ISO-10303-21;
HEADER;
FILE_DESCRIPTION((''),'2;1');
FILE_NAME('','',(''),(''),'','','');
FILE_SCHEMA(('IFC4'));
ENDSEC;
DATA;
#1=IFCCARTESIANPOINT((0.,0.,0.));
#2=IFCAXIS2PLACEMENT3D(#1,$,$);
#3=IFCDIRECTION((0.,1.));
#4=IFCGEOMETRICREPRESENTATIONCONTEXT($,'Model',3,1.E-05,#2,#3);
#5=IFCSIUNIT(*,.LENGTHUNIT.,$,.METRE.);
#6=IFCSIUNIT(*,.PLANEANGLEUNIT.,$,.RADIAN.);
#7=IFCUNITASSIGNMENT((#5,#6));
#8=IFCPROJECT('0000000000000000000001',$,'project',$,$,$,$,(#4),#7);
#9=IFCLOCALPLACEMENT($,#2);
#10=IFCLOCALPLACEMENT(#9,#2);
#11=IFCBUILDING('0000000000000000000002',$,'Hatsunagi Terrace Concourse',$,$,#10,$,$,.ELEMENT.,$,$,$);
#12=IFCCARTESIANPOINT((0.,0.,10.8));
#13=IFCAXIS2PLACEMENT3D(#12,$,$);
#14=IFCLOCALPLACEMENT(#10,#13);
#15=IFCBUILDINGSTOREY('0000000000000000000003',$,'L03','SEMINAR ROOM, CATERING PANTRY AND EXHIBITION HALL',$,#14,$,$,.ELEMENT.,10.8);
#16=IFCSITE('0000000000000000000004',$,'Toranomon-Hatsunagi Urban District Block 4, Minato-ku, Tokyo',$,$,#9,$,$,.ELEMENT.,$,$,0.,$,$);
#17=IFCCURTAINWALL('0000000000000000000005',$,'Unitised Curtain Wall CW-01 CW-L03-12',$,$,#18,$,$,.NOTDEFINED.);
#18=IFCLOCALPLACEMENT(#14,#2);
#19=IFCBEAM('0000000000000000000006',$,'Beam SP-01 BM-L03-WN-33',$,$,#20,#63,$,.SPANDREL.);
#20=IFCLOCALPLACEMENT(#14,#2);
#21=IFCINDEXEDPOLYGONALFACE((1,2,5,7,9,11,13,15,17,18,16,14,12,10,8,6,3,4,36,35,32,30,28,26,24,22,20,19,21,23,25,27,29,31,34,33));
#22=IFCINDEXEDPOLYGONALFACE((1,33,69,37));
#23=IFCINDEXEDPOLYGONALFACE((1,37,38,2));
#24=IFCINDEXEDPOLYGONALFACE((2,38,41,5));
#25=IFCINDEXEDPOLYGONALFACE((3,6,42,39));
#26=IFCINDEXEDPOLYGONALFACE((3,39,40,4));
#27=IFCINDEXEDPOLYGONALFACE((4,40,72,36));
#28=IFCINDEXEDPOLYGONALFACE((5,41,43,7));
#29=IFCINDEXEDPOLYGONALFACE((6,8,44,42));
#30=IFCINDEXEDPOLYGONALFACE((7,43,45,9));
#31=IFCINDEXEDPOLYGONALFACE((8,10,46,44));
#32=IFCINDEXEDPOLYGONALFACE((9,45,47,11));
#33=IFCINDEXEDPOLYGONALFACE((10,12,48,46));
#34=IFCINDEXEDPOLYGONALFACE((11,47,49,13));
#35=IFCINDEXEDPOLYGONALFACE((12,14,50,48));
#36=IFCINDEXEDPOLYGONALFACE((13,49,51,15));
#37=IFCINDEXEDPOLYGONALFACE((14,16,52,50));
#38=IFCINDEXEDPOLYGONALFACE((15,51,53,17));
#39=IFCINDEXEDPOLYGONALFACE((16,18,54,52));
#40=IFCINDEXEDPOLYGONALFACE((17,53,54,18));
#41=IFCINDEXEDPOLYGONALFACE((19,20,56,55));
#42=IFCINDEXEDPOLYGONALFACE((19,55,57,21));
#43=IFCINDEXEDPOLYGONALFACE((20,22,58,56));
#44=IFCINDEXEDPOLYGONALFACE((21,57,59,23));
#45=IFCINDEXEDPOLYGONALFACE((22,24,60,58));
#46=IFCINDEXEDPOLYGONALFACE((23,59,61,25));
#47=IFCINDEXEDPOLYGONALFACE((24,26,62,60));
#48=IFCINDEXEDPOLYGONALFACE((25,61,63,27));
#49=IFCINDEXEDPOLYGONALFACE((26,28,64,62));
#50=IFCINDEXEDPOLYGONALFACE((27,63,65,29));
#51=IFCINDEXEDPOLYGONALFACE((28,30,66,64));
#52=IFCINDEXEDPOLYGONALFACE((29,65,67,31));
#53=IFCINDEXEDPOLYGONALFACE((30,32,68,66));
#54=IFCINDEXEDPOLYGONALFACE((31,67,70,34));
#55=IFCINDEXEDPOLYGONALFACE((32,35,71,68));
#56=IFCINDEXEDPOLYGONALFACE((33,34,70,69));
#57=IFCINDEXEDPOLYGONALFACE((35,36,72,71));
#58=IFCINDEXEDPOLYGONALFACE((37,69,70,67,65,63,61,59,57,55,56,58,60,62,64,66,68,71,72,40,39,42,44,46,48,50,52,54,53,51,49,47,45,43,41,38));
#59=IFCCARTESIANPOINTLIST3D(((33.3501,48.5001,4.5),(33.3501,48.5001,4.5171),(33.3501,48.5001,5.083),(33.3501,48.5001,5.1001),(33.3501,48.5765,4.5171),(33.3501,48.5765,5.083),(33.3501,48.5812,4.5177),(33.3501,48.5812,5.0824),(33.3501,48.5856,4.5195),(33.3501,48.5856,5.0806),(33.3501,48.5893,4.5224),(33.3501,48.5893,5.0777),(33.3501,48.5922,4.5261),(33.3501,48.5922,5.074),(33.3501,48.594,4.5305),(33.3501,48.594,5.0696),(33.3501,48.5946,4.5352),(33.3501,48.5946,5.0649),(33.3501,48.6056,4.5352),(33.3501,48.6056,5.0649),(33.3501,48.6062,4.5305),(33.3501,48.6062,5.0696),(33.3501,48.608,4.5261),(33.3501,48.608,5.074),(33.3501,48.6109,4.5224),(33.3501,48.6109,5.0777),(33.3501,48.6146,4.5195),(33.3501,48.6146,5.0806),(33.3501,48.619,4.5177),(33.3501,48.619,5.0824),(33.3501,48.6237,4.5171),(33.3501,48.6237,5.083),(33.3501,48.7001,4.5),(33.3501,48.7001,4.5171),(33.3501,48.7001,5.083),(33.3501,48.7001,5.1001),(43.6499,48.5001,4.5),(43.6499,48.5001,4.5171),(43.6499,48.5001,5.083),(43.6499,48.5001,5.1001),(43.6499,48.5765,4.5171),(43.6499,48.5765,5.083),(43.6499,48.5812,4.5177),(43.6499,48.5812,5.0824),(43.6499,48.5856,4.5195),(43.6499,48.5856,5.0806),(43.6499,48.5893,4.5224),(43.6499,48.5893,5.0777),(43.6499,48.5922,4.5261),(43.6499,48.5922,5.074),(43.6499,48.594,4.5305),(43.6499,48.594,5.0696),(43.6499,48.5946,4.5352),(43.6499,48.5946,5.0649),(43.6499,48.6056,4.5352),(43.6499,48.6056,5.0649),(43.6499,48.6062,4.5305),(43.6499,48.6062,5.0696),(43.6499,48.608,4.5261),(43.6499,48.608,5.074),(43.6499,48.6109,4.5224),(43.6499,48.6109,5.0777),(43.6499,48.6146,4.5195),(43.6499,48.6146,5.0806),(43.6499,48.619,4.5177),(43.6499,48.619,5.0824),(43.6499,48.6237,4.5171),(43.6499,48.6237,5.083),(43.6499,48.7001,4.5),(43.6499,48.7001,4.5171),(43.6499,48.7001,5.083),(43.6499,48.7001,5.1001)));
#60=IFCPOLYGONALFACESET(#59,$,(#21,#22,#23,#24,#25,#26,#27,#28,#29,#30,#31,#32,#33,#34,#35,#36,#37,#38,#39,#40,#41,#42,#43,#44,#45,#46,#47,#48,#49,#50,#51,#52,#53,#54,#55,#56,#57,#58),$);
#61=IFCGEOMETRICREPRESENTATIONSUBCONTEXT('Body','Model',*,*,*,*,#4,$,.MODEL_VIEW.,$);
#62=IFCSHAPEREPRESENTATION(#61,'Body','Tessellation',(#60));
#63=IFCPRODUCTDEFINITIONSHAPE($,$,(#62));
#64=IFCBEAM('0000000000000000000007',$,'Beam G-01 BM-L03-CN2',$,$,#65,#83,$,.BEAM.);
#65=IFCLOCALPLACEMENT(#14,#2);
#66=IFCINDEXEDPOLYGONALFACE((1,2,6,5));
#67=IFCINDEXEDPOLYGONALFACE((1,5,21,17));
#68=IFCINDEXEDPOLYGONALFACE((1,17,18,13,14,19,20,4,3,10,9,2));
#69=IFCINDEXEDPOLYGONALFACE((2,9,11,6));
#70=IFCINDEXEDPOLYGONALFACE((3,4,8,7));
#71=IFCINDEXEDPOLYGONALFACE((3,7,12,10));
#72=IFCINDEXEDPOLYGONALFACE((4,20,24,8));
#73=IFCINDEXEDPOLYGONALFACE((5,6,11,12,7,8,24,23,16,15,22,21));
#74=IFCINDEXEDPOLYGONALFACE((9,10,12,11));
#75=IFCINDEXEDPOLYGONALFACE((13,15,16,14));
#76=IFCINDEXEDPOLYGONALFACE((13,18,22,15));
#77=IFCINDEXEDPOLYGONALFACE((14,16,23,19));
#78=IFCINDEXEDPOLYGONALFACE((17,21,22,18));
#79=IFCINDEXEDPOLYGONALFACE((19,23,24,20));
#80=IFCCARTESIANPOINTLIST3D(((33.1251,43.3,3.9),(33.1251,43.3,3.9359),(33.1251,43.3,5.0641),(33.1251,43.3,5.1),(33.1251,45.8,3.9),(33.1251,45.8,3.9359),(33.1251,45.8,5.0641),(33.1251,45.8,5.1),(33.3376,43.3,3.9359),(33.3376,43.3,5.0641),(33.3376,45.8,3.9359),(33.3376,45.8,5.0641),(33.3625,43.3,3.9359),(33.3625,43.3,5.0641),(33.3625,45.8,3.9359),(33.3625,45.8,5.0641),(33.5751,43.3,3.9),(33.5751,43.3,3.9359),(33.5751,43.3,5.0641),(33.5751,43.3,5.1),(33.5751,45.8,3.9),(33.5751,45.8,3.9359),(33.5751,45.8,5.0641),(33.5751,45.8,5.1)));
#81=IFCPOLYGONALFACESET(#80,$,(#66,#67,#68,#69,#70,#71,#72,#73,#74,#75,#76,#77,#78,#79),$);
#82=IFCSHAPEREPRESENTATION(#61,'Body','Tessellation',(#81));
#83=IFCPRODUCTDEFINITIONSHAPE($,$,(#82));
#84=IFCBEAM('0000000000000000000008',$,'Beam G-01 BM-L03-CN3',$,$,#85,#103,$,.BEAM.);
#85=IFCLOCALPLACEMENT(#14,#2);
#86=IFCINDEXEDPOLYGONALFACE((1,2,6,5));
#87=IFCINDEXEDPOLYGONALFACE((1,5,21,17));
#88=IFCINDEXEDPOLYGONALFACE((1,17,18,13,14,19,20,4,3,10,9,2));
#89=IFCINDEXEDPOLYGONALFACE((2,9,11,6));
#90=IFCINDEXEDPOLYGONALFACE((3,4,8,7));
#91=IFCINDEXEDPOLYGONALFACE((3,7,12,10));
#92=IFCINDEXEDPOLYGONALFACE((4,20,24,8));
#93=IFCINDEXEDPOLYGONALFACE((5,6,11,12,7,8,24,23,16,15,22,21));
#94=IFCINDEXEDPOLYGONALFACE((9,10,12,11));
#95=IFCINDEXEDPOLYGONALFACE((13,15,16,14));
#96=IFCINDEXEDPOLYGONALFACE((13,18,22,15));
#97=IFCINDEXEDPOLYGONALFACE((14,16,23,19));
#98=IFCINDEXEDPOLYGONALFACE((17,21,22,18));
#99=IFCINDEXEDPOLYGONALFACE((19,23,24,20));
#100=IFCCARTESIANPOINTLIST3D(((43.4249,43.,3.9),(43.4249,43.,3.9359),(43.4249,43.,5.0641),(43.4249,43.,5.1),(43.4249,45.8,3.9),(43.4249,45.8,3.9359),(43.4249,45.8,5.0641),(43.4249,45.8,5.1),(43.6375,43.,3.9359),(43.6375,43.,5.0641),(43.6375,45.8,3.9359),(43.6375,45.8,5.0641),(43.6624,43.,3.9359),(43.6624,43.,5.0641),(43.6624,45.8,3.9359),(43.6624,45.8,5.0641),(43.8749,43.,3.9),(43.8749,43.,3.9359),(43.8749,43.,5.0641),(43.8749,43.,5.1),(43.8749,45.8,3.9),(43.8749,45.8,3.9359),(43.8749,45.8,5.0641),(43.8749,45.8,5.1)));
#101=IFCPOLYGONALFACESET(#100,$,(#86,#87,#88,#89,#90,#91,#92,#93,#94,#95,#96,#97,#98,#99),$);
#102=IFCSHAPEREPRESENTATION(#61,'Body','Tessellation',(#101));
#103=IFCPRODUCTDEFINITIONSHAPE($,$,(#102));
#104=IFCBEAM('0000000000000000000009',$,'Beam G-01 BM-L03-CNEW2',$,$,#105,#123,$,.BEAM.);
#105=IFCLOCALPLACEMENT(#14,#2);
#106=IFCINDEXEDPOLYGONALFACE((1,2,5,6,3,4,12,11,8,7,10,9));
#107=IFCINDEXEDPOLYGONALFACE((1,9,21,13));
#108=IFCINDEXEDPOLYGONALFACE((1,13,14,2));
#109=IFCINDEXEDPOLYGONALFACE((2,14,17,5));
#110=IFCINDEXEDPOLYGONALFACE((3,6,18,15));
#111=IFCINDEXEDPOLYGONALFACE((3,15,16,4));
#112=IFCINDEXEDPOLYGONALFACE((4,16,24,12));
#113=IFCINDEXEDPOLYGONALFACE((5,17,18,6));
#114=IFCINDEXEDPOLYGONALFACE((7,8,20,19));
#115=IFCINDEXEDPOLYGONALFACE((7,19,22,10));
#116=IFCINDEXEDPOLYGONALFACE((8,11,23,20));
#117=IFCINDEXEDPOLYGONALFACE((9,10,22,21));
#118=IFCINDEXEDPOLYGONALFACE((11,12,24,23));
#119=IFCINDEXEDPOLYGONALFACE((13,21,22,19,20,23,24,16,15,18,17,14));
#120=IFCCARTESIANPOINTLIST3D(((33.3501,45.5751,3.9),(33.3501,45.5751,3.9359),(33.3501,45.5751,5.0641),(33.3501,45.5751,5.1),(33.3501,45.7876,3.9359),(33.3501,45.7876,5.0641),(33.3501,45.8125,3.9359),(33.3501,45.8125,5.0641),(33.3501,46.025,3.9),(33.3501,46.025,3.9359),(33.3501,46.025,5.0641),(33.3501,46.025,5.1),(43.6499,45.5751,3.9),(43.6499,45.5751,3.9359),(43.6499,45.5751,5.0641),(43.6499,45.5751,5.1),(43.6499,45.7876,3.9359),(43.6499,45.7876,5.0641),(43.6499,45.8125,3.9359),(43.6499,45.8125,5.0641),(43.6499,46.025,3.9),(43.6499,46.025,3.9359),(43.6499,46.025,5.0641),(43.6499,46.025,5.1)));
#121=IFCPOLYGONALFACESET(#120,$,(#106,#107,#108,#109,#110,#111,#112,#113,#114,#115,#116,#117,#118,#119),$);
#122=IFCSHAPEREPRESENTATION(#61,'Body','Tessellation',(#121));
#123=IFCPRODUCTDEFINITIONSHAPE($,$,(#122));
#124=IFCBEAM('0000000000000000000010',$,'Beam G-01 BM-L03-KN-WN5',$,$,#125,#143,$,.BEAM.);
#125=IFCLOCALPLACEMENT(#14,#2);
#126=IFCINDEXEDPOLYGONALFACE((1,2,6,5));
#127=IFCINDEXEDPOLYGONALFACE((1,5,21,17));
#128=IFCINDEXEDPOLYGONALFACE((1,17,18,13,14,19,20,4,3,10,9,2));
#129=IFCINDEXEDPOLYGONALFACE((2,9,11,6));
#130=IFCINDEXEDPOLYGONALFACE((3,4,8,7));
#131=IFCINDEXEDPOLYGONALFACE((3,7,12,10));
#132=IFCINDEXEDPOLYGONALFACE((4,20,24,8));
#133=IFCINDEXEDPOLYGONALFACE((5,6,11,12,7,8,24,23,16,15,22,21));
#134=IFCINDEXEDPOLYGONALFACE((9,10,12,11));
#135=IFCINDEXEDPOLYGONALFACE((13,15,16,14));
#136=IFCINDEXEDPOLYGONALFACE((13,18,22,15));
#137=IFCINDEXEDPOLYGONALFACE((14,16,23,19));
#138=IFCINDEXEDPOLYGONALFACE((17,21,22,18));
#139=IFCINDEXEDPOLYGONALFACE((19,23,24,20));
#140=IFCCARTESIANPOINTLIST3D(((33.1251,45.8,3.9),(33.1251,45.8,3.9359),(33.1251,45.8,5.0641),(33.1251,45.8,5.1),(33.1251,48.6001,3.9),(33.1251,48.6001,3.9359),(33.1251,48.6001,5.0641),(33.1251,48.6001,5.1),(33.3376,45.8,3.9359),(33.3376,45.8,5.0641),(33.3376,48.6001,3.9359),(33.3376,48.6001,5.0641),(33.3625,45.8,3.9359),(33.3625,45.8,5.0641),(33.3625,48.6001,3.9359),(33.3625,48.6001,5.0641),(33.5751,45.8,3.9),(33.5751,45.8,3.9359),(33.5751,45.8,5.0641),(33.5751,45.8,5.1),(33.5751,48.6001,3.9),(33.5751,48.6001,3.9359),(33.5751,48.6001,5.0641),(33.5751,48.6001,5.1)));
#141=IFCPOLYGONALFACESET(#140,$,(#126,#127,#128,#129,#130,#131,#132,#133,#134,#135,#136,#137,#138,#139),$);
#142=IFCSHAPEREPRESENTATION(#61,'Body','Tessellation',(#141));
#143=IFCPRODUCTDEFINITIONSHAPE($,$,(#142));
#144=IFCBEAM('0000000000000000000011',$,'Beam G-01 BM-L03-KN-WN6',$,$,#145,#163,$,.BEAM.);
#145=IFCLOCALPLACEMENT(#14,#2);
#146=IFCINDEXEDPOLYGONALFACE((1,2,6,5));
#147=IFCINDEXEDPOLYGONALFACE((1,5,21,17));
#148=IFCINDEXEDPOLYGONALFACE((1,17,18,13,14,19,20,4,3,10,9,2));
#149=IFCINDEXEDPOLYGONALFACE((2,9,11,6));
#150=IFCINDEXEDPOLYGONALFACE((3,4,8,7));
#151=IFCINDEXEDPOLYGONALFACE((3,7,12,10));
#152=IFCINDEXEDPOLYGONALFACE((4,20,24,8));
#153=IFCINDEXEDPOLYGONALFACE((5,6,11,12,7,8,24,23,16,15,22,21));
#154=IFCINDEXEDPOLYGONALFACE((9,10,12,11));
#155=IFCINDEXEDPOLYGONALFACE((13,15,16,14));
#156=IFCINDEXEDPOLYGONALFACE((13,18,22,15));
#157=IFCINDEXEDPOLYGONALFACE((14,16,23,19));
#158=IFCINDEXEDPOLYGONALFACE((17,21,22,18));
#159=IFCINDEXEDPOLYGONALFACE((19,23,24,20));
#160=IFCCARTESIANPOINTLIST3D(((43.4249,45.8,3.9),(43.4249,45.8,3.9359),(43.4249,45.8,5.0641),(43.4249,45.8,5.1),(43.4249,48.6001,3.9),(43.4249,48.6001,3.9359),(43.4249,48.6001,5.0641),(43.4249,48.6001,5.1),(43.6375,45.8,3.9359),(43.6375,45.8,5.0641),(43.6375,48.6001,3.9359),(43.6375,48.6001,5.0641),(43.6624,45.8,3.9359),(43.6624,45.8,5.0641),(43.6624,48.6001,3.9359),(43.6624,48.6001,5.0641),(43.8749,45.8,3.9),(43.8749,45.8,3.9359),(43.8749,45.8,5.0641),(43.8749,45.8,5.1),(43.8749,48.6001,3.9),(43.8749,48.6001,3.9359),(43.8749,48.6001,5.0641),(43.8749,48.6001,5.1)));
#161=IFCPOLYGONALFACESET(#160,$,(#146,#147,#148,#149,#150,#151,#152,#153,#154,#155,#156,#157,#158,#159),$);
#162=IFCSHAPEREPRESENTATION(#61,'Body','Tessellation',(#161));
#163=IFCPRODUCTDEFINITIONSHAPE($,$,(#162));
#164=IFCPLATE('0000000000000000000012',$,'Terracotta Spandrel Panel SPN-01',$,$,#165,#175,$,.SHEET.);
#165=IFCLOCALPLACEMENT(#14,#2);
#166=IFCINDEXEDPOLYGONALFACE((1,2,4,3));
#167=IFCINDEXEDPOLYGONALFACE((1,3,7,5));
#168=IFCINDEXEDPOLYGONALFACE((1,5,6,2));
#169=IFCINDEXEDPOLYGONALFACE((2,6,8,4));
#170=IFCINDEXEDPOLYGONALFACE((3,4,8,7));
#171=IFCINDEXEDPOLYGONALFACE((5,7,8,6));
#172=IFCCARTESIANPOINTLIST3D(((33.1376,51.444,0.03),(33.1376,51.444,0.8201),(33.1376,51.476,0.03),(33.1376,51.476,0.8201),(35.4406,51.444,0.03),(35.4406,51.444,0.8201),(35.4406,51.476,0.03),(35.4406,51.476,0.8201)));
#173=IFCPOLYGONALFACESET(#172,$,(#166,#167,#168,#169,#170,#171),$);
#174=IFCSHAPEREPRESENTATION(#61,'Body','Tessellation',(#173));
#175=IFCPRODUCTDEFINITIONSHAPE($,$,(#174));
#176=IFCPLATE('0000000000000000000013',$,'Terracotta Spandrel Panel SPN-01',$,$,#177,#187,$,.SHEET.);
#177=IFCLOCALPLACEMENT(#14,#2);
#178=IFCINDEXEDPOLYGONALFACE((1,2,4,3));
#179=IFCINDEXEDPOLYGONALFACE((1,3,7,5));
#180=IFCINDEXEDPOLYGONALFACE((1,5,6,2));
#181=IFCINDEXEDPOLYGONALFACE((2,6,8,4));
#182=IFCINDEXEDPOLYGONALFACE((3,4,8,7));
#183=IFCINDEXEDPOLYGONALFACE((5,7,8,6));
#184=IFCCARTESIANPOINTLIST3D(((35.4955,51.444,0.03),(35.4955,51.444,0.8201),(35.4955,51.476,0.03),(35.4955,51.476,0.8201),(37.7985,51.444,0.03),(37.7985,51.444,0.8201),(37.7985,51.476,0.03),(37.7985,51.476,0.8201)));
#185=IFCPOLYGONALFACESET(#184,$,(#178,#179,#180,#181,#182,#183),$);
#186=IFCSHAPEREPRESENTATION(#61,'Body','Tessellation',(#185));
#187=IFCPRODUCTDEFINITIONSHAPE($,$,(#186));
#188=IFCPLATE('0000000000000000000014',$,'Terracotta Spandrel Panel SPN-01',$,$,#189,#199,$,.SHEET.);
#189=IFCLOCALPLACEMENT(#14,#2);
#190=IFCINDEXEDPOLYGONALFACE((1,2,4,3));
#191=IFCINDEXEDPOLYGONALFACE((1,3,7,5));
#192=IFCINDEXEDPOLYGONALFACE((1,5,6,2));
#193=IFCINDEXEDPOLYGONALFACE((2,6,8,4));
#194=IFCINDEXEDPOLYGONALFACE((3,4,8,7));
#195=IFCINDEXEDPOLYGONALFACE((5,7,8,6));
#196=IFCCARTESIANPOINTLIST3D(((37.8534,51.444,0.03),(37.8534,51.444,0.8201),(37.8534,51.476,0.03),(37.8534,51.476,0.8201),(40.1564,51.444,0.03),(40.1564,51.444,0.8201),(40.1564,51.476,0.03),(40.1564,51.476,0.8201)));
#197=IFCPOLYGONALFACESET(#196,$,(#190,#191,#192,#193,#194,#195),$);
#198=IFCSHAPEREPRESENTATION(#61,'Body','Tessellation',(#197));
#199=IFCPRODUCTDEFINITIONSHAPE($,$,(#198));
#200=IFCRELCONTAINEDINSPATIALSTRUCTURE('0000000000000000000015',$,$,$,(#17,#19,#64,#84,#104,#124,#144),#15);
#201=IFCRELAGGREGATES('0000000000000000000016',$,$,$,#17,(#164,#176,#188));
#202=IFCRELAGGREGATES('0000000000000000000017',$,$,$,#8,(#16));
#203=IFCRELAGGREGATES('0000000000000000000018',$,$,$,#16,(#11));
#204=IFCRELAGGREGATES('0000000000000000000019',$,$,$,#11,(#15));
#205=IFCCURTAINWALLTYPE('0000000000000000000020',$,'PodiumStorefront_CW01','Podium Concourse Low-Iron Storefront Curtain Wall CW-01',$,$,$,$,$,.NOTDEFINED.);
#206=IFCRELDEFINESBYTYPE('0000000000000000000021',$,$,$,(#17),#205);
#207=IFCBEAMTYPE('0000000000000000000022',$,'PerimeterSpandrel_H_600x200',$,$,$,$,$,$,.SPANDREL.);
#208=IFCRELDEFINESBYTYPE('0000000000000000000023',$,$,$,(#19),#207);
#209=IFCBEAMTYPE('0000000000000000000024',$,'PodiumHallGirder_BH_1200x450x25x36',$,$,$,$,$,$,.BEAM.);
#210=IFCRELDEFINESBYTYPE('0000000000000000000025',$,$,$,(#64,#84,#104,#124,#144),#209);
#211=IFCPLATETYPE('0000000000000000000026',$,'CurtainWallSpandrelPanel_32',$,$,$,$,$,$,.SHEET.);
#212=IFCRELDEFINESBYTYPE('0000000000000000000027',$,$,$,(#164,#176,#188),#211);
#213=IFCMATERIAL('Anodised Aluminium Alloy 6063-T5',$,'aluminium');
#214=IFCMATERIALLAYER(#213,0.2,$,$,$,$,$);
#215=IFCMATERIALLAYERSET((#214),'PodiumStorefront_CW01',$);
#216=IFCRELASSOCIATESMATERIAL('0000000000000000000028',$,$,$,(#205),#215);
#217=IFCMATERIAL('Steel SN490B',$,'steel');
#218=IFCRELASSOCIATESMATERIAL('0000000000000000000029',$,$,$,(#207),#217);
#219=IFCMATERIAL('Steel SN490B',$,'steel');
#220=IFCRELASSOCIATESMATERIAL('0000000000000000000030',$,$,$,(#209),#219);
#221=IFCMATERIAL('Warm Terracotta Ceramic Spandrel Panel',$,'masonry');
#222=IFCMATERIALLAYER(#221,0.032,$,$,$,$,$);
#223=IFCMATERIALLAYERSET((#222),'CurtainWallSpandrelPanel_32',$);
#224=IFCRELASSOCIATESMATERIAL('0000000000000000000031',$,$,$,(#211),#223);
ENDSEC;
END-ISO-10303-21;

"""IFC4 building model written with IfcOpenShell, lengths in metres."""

from ifc_helpers import new_model, si_unit, direction, frame, origin, origin_2d, place, context, subcontext, project, spatial, rectangle, i_section, extrude, material, layer, layer_set, material_profile, profile_set, type_object, element, aggregate, save


model = new_model("IFC4")

# Units and contexts
model_context = context("Model", 3, precision=1e-05, world=origin(), true_north=direction((0.0, 1.0)))
body_context = subcontext(model_context, "Body", "Model", "MODEL_VIEW")
ifc_project = project(units=[si_unit("LENGTHUNIT", "METRE"), si_unit("PLANEANGLEUNIT", "RADIAN")], contexts=[model_context])

# Site, building, storey
site_placement = place(None, origin())
site = spatial("IfcSite", under=ifc_project, at=site_placement, Name="Toranomon-Hatsunagi Urban District Block 4, Minato-ku, Tokyo", CompositionType="ELEMENT", RefElevation=0.0)
building_placement = place(site_placement, origin())
building = spatial("IfcBuilding", under=site, at=building_placement, Name="Hatsunagi Terrace Concourse", CompositionType="ELEMENT")
storey_placement = place(building_placement, frame((0.0, 0.0, 10.8)))
storey = spatial("IfcBuildingStorey", under=building, at=storey_placement, Name="L03", Description="SEMINAR ROOM, CATERING PANTRY AND EXHIBITION HALL", CompositionType="ELEMENT", Elevation=10.8)

# Curtain wall
ifc_material_1 = material(Name="Anodised Aluminium Alloy 6063-T5", Category="aluminium")
ifc_layer_1 = layer(ifc_material_1, 0.2)
ifc_layer_set_1 = layer_set([ifc_layer_1], Name="PodiumStorefront_CW01")
curtain_wall_type = type_object("IfcCurtainWallType", Name="PodiumStorefront_CW01", Description="Podium Concourse Low-Iron Storefront Curtain Wall CW-01", PredefinedType="NOTDEFINED", material=ifc_layer_set_1)
curtain_wall_placement = place(storey_placement, origin())
curtain_wall = element("IfcCurtainWall", 1, at=curtain_wall_placement, inside=storey, type_object=curtain_wall_type, Name="Unitised Curtain Wall CW-01 CW-L03-12", PredefinedType="NOTDEFINED")

# Beams
ifc_material_2 = material(Name="Steel SN490B", Category="steel")
ifc_material_profile_1 = material_profile(ifc_material_2, i_section(OverallWidth=0.2, OverallDepth=0.6001, WebThickness=0.011, FlangeThickness=0.0171, FilletRadius=0.0181, at=origin_2d()), Name="H-600x200x11x17")
ifc_profile_set_1 = profile_set([ifc_material_profile_1], Name="Steel SN490B")
beam_type_1 = type_object("IfcBeamType", Name="PerimeterSpandrel_H_600x200", PredefinedType="SPANDREL", material=ifc_profile_set_1)
beam_1_placement = place(storey_placement, frame((33.3501, 48.6001, 4.8), z_axis=(1.0, 0.0, 0.0), x_axis=(0.0, 1.0, 0.0)))
element("IfcBeam", 2, at=beam_1_placement, inside=storey, type_object=beam_type_1, Name="Beam SP-01 BM-L03-WN-33", PredefinedType="SPANDREL", context=body_context, shape_type="SweptSolid", body=[
    extrude(i_section(OverallWidth=0.2, OverallDepth=0.6001, WebThickness=0.011, FlangeThickness=0.0171, FilletRadius=0.0181, at=origin_2d()), origin(), (0.0, 0.0, 1.0), 10.2998),
])
ifc_material_3 = material(Name="Steel SN490B", Category="steel")
ifc_material_profile_2 = material_profile(ifc_material_3, i_section(OverallWidth=0.45, OverallDepth=1.2, WebThickness=0.0249, FlangeThickness=0.0359, at=origin_2d()), Name="BH-1200x450x25x36")
ifc_profile_set_2 = profile_set([ifc_material_profile_2], Name="Steel SN490B")
beam_type_2 = type_object("IfcBeamType", Name="PodiumHallGirder_BH_1200x450x25x36", PredefinedType="BEAM", material=ifc_profile_set_2)
beam_2_placement = place(storey_placement, frame((33.3501, 43.3, 4.5), z_axis=(0.0, 1.0, 0.0), x_axis=(-1.0, 0.0, 0.0)))
element("IfcBeam", 3, at=beam_2_placement, inside=storey, type_object=beam_type_2, Name="Beam G-01 BM-L03-CN2", PredefinedType="BEAM", context=body_context, shape_type="SweptSolid", body=[
    extrude(i_section(OverallWidth=0.45, OverallDepth=1.2, WebThickness=0.0249, FlangeThickness=0.0359, at=origin_2d()), origin(), (0.0, 0.0, 1.0), 2.5),
])
beam_3_placement = place(storey_placement, frame((43.6499, 43.0, 4.5), z_axis=(0.0, 1.0, 0.0), x_axis=(-1.0, 0.0, 0.0)))
element("IfcBeam", 4, at=beam_3_placement, inside=storey, type_object=beam_type_2, Name="Beam G-01 BM-L03-CN3", PredefinedType="BEAM", context=body_context, shape_type="SweptSolid", body=[
    extrude(i_section(OverallWidth=0.45, OverallDepth=1.2, WebThickness=0.0249, FlangeThickness=0.0359, at=origin_2d()), origin(), (0.0, 0.0, 1.0), 2.8),
])
beam_4_placement = place(storey_placement, frame((33.3501, 45.8, 4.5), z_axis=(1.0, 0.0, 0.0), x_axis=(0.0, 1.0, 0.0)))
element("IfcBeam", 5, at=beam_4_placement, inside=storey, type_object=beam_type_2, Name="Beam G-01 BM-L03-CNEW2", PredefinedType="BEAM", context=body_context, shape_type="SweptSolid", body=[
    extrude(i_section(OverallWidth=0.45, OverallDepth=1.2, WebThickness=0.0249, FlangeThickness=0.0359, at=origin_2d()), origin(), (0.0, 0.0, 1.0), 10.2998),
])
for number, where, z_axis, x_axis, name in (
    (6, (33.3501, 45.8, 4.5), (0.0, 1.0, 0.0), (-1.0, 0.0, 0.0), "Beam G-01 BM-L03-KN-WN5"),
    (7, (43.6499, 45.8, 4.5), (0.0, 1.0, 0.0), (-1.0, 0.0, 0.0), "Beam G-01 BM-L03-KN-WN6"),
):
    element("IfcBeam", number, at=place(storey_placement, frame(where, z_axis=z_axis, x_axis=x_axis)), inside=storey, type_object=beam_type_2, Name=name, PredefinedType="BEAM", context=body_context, shape_type="SweptSolid", body=[
        extrude(i_section(OverallWidth=0.45, OverallDepth=1.2, WebThickness=0.0249, FlangeThickness=0.0359, at=origin_2d()), origin(), (0.0, 0.0, 1.0), 2.8),
    ])

# Plates
ifc_material_4 = material(Name="Warm Terracotta Ceramic Spandrel Panel", Category="masonry")
ifc_layer_2 = layer(ifc_material_4, 0.032)
ifc_layer_set_2 = layer_set([ifc_layer_2], Name="CurtainWallSpandrelPanel_32")
plate_type_1 = type_object("IfcPlateType", Name="CurtainWallSpandrelPanel_32", PredefinedType="SHEET", material=ifc_layer_set_2)
plate_1_placement = place(storey_placement, frame((34.2891, 51.46, 0.03), z_axis=(0.0, 0.0, 1.0), x_axis=(1.0, 0.0, 0.0)))
plate_1 = element("IfcPlate", 8, at=plate_1_placement, type_object=plate_type_1, Name="Terracotta Spandrel Panel SPN-01", PredefinedType="SHEET", context=body_context, shape_type="SweptSolid", body=[
    extrude(rectangle(XDim=2.303, YDim=0.032, at=origin_2d()), origin(), (0.0, 0.0, 1.0), 0.79),
])
plate_2_placement = place(storey_placement, frame((36.647, 51.46, 0.03), z_axis=(0.0, 0.0, 1.0), x_axis=(1.0, 0.0, 0.0)))
plate_2 = element("IfcPlate", 9, at=plate_2_placement, type_object=plate_type_1, Name="Terracotta Spandrel Panel SPN-01", PredefinedType="SHEET", context=body_context, shape_type="SweptSolid", body=[
    extrude(rectangle(XDim=2.303, YDim=0.032, at=origin_2d()), origin(), (0.0, 0.0, 1.0), 0.79),
])
plate_3_placement = place(storey_placement, frame((39.0049, 51.46, 0.03), z_axis=(0.0, 0.0, 1.0), x_axis=(1.0, 0.0, 0.0)))
plate_3 = element("IfcPlate", 10, at=plate_3_placement, type_object=plate_type_1, Name="Terracotta Spandrel Panel SPN-01", PredefinedType="SHEET", context=body_context, shape_type="SweptSolid", body=[
    extrude(rectangle(XDim=2.303, YDim=0.032, at=origin_2d()), origin(), (0.0, 0.0, 1.0), 0.79),
])
aggregate(curtain_wall, [plate_1, plate_2, plate_3])

save(model, "model.ifc")
